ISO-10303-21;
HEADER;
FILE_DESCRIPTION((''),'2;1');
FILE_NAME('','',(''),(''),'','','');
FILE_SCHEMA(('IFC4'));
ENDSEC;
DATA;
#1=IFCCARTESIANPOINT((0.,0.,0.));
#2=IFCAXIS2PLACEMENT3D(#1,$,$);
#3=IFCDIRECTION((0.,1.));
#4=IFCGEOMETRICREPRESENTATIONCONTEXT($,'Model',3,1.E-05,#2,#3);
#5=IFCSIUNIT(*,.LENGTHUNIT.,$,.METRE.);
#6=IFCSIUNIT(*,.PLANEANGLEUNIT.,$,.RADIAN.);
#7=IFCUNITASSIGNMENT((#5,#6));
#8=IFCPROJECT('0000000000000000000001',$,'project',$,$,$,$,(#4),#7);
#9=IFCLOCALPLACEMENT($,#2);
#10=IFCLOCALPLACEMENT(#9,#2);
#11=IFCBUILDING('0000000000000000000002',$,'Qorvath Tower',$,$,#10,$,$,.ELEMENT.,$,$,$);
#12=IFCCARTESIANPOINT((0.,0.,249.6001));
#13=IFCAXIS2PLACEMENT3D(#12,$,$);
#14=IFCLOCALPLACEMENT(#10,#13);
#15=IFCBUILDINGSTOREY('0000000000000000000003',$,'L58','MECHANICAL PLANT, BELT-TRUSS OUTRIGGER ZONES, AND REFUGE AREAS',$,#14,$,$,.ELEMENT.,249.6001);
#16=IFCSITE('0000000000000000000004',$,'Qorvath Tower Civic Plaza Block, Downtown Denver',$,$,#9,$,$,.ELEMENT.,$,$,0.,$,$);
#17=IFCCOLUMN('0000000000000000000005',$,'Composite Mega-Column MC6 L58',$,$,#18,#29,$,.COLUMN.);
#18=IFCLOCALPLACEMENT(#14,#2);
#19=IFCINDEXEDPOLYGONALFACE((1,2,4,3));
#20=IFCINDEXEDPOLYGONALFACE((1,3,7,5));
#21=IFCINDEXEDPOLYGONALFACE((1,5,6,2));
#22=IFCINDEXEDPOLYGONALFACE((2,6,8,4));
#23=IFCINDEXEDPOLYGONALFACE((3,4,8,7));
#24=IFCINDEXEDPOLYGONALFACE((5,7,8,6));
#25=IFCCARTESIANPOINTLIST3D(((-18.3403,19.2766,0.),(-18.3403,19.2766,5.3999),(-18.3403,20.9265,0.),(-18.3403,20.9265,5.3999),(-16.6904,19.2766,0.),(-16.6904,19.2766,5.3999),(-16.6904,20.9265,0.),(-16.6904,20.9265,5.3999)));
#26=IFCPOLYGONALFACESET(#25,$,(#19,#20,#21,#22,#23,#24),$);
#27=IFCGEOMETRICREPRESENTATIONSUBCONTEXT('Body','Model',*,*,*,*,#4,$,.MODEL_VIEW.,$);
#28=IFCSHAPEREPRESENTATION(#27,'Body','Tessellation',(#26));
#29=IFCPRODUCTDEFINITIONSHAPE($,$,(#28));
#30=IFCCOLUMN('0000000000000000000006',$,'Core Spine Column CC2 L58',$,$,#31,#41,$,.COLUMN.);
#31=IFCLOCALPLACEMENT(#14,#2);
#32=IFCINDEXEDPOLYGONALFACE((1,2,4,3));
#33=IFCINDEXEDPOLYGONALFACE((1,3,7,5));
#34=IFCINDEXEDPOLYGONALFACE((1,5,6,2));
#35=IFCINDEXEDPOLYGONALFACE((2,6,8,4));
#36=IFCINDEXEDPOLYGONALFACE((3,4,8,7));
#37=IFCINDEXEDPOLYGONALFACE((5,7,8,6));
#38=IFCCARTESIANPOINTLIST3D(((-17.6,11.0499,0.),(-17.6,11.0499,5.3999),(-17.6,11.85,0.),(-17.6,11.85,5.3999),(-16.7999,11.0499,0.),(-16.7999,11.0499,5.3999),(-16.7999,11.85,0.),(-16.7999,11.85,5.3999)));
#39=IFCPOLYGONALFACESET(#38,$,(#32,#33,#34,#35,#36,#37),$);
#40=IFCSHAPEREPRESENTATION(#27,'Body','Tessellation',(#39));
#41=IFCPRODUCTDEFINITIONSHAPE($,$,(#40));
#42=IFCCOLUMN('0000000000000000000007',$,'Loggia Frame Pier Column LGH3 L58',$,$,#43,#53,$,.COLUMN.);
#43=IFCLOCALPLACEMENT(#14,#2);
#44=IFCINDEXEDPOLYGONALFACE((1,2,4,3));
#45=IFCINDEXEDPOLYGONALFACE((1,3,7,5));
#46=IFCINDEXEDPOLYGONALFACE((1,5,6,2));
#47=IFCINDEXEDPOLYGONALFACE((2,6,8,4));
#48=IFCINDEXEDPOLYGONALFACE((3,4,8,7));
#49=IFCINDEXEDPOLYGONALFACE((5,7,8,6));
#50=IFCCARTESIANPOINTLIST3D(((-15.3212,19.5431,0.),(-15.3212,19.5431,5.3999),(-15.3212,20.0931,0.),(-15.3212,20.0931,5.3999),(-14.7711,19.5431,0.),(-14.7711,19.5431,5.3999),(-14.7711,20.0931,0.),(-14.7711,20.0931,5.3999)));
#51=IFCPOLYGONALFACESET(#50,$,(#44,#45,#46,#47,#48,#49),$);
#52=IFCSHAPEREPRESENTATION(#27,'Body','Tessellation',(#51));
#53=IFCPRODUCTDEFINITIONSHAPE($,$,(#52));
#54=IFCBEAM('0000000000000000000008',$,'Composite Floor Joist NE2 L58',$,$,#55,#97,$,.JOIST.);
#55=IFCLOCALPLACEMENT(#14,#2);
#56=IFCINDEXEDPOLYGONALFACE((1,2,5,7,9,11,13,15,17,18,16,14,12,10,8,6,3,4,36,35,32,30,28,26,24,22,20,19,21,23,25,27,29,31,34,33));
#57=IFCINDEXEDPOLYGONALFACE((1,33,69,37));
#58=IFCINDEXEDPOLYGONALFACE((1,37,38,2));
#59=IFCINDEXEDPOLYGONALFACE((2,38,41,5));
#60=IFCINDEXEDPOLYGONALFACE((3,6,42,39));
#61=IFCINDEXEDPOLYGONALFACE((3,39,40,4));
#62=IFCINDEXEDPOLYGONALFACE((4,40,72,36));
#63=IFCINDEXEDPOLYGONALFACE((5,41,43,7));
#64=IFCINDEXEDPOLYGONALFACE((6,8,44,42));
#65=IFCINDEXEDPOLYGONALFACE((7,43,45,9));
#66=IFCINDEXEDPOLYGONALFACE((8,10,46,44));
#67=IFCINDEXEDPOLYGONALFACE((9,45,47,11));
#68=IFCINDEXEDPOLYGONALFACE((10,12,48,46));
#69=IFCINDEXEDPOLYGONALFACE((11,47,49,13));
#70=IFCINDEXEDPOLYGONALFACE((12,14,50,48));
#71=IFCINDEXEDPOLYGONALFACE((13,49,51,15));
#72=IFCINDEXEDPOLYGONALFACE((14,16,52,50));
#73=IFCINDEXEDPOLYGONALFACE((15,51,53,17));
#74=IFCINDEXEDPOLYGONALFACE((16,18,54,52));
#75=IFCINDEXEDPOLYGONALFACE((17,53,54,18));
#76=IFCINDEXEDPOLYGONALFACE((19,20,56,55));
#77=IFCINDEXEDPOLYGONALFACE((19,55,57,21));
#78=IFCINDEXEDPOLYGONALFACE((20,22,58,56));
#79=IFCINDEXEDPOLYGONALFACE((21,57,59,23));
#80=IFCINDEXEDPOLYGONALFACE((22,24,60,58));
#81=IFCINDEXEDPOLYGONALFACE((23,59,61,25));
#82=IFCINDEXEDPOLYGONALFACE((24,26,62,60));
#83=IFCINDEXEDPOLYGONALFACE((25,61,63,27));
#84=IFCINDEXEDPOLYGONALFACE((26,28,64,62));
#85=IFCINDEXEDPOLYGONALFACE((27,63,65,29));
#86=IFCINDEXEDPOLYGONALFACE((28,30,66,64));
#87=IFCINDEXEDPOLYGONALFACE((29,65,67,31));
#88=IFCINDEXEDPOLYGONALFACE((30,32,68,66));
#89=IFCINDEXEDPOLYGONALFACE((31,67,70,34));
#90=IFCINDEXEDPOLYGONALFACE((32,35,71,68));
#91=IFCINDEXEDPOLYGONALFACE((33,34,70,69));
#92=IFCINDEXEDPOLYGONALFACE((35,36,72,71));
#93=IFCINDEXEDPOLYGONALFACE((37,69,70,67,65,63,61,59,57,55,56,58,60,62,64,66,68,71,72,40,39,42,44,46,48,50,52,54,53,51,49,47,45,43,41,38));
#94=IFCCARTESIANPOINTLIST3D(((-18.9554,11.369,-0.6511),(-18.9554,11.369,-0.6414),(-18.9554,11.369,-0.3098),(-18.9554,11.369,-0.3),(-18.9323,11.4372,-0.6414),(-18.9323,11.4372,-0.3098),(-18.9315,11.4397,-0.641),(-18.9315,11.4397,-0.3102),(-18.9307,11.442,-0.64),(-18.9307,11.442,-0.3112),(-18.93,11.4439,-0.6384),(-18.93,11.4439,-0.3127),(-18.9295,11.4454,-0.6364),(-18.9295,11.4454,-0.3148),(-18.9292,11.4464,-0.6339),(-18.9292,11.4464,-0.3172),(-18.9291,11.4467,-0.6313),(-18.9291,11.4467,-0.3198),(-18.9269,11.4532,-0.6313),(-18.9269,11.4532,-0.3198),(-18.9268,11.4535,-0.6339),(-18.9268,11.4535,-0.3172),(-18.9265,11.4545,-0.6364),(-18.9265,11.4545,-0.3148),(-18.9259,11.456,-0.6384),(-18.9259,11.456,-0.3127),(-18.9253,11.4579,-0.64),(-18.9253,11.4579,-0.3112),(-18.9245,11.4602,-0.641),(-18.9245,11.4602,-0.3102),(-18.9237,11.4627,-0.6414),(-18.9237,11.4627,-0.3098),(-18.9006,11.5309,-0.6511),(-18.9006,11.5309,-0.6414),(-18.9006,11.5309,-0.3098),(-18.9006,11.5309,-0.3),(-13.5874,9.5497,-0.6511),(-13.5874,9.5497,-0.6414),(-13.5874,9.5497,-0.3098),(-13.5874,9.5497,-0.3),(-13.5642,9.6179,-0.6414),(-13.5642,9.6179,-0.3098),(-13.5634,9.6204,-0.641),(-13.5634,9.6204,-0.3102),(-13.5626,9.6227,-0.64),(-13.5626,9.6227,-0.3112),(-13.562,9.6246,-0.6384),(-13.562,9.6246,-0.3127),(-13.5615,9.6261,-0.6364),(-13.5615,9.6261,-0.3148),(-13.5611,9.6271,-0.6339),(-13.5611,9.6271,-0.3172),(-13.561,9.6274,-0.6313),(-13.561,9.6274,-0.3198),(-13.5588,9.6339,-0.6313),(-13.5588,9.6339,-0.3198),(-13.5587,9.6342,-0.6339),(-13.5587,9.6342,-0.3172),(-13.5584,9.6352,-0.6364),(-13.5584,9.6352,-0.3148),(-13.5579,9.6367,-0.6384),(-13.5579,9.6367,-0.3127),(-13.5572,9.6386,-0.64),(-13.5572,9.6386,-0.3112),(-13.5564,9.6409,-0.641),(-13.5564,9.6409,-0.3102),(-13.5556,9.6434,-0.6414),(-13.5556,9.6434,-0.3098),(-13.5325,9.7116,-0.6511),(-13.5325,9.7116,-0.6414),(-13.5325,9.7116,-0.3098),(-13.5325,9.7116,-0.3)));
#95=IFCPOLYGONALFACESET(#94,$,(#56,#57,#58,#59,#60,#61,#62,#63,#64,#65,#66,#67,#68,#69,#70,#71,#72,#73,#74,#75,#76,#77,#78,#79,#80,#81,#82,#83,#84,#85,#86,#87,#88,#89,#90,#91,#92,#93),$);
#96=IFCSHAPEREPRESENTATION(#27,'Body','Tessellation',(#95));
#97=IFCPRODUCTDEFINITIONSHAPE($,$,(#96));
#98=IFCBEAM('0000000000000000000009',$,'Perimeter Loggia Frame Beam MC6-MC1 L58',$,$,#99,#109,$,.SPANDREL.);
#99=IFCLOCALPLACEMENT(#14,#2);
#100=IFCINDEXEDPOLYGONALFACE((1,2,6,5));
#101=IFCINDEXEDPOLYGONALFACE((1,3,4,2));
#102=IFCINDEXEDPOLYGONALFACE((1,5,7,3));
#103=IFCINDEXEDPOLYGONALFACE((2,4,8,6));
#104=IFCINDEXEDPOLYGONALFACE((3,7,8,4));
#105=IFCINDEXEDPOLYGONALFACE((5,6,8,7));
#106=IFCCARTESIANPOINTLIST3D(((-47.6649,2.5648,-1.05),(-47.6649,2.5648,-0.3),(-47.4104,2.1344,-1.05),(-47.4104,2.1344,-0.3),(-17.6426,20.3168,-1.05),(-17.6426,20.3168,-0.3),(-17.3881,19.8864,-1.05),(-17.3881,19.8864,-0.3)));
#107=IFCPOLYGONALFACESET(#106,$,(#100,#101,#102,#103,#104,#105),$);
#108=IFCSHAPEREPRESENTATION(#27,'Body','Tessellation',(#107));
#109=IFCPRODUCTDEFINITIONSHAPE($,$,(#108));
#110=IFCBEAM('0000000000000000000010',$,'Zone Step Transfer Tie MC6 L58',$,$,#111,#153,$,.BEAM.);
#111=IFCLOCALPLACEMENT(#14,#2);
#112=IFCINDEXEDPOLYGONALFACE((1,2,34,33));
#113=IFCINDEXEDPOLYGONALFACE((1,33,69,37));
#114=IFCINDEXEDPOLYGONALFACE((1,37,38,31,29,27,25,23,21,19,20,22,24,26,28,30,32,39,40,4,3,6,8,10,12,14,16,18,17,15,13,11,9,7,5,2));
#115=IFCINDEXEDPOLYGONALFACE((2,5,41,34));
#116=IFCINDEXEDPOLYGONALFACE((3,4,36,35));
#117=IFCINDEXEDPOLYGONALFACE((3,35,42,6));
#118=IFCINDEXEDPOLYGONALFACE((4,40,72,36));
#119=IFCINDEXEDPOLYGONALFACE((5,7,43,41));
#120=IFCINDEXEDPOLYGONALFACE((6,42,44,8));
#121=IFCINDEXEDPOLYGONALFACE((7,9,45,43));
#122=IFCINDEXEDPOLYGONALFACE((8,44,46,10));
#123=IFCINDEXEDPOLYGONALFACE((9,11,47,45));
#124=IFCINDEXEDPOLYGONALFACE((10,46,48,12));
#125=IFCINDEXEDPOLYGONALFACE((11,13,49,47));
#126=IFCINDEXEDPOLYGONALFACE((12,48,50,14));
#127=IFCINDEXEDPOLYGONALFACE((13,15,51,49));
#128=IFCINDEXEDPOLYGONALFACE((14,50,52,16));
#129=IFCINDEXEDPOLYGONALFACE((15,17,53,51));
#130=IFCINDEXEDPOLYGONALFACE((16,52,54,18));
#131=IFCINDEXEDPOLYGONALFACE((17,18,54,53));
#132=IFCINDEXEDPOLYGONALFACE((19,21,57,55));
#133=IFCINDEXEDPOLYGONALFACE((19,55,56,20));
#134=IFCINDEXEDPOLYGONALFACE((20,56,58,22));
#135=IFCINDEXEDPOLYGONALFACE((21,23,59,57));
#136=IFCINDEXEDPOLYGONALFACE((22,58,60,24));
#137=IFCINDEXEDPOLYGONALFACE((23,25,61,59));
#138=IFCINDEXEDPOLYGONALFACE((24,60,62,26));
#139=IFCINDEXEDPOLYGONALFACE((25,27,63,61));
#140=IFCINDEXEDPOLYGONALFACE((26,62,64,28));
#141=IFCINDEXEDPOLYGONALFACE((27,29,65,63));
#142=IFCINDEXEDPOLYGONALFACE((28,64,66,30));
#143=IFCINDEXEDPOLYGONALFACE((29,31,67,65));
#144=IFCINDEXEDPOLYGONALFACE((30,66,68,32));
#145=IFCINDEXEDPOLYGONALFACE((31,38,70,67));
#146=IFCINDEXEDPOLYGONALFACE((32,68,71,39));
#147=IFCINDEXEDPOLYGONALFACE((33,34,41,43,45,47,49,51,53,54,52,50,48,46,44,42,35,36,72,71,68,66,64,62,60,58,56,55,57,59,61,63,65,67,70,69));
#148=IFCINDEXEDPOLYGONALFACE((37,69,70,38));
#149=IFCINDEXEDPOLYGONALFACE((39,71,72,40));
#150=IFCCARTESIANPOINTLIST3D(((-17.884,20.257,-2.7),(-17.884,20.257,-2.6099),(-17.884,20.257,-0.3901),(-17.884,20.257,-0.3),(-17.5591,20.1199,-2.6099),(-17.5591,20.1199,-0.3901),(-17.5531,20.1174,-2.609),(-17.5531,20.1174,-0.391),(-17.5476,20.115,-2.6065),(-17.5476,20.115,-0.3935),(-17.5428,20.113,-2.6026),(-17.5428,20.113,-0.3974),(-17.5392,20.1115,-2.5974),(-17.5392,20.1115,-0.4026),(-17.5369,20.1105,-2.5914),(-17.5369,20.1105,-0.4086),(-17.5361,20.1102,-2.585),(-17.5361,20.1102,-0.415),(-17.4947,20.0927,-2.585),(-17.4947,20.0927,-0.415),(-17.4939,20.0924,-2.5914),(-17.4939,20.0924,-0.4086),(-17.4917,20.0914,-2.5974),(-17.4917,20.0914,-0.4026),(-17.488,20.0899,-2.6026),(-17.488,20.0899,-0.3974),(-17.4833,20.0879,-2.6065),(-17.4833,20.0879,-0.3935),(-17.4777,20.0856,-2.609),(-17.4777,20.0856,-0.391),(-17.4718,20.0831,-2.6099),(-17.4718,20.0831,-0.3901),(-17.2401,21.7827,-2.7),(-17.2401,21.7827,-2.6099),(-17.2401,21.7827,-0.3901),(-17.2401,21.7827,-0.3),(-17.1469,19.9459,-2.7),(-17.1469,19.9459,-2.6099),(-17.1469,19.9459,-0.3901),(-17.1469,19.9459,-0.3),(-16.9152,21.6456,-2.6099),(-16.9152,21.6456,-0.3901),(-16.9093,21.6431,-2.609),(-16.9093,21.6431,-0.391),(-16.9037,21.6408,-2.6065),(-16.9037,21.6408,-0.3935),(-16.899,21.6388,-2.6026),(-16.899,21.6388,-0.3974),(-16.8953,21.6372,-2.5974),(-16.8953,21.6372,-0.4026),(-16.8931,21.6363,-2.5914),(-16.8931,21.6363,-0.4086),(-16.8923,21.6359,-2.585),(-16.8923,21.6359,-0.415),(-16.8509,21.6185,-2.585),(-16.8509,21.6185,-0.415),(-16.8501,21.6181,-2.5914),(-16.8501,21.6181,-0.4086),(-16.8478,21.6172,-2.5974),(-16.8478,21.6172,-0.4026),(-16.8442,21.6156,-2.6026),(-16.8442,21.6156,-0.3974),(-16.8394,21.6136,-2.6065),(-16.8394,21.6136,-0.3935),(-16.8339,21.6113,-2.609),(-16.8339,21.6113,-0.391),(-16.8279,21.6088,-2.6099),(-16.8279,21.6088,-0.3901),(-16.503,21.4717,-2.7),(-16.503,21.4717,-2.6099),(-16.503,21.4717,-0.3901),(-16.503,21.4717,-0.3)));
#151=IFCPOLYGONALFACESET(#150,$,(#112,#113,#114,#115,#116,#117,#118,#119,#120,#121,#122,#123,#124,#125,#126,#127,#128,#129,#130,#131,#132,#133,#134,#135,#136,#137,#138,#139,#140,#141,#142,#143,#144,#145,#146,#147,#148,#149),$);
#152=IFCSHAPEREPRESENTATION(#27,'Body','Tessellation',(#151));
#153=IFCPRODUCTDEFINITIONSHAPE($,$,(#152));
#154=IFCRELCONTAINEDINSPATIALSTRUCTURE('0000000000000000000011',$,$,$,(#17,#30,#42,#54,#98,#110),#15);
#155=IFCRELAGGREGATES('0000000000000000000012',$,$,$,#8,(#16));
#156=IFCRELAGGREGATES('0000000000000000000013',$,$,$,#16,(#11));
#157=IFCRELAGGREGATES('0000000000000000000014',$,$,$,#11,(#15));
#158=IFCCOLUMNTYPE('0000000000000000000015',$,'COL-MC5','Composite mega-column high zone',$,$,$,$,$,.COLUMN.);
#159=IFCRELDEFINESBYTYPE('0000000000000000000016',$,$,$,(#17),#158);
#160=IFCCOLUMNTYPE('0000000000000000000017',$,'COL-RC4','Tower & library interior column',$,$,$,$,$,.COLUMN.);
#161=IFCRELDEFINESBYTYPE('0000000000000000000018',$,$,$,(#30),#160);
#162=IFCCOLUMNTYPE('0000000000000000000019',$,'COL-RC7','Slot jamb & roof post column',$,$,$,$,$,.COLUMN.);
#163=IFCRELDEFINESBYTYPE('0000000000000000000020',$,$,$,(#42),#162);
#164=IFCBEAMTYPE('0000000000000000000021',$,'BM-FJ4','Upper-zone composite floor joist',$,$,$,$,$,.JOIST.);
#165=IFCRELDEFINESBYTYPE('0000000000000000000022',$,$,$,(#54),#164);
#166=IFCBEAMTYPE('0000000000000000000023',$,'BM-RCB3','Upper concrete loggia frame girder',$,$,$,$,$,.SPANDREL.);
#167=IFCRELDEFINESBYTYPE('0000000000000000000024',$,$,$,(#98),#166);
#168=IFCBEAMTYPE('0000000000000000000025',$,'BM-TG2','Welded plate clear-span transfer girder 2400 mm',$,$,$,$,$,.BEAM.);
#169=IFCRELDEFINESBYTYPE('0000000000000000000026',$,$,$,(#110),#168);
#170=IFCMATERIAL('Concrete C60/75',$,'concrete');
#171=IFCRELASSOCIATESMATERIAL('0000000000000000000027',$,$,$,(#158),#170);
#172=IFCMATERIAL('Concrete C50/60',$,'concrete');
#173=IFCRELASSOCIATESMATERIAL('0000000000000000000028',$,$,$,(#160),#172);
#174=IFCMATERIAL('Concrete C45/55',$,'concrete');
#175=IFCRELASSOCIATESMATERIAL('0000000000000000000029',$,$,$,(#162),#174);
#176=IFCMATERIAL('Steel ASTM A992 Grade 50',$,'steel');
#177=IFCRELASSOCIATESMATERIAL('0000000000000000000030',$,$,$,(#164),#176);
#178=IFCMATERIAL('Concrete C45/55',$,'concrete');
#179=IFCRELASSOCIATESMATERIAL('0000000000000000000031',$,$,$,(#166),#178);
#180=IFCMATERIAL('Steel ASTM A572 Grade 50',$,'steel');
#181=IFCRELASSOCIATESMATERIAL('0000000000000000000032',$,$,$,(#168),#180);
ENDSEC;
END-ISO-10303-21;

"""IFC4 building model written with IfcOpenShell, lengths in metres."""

from ifc_helpers import new_model, si_unit, direction, frame, origin, origin_2d, place, context, subcontext, project, spatial, rectangle, i_section, extrude, material, material_profile, profile_set, type_object, element, save


model = new_model("IFC4")

# Units and contexts
model_context = context("Model", 3, precision=1e-05, world=origin(), true_north=direction((0.0, 1.0)))
body_context = subcontext(model_context, "Body", "Model", "MODEL_VIEW")
ifc_project = project(units=[si_unit("LENGTHUNIT", "METRE"), si_unit("PLANEANGLEUNIT", "RADIAN")], contexts=[model_context])

# Site, building, storey
site_placement = place(None, origin())
site = spatial("IfcSite", under=ifc_project, at=site_placement, Name="Qorvath Tower Civic Plaza Block, Downtown Denver", CompositionType="ELEMENT", RefElevation=0.0)
building_placement = place(site_placement, origin())
building = spatial("IfcBuilding", under=site, at=building_placement, Name="Qorvath Tower", CompositionType="ELEMENT")
storey_placement = place(building_placement, frame((0.0, 0.0, 249.6001)))
storey = spatial("IfcBuildingStorey", under=building, at=storey_placement, Name="L58", Description="MECHANICAL PLANT, BELT-TRUSS OUTRIGGER ZONES, AND REFUGE AREAS", CompositionType="ELEMENT", Elevation=249.6001)

# Columns
ifc_material_1 = material(Name="Concrete C60/75", Category="concrete")
ifc_material_profile_1 = material_profile(ifc_material_1, rectangle(XDim=1.6499, YDim=1.6499, at=origin_2d()), Name="MC 1650x1650")
ifc_profile_set_1 = profile_set([ifc_material_profile_1], Name="Concrete C60/75")
column_type_1 = type_object("IfcColumnType", Name="COL-MC5", Description="Composite mega-column high zone", PredefinedType="COLUMN", material=ifc_profile_set_1)
column_1_placement = place(storey_placement, frame((-17.5154, 20.1016, 0.0), z_axis=(0.0, 0.0, 1.0), x_axis=(1.0, 0.0, 0.0)))
element("IfcColumn", 1, at=column_1_placement, inside=storey, type_object=column_type_1, Name="Composite Mega-Column MC6 L58", PredefinedType="COLUMN", context=body_context, shape_type="SweptSolid", body=[
    extrude(rectangle(XDim=1.6499, YDim=1.6499, at=origin_2d()), origin(), (0.0, 0.0, 1.0), 5.3999),
])
ifc_material_2 = material(Name="Concrete C50/60", Category="concrete")
ifc_material_profile_2 = material_profile(ifc_material_2, rectangle(XDim=0.8, YDim=0.8, at=origin_2d()), Name="RC 800x800")
ifc_profile_set_2 = profile_set([ifc_material_profile_2], Name="Concrete C50/60")
column_type_2 = type_object("IfcColumnType", Name="COL-RC4", Description="Tower & library interior column", PredefinedType="COLUMN", material=ifc_profile_set_2)
column_2_placement = place(storey_placement, frame((-17.2, 11.45, 0.0), z_axis=(0.0, 0.0, 1.0), x_axis=(1.0, 0.0, 0.0)))
element("IfcColumn", 2, at=column_2_placement, inside=storey, type_object=column_type_2, Name="Core Spine Column CC2 L58", PredefinedType="COLUMN", context=body_context, shape_type="SweptSolid", body=[
    extrude(rectangle(XDim=0.8, YDim=0.8, at=origin_2d()), origin(), (0.0, 0.0, 1.0), 5.3999),
])
ifc_material_3 = material(Name="Concrete C45/55", Category="concrete")
ifc_material_profile_3 = material_profile(ifc_material_3, rectangle(XDim=0.55, YDim=0.55, at=origin_2d()), Name="RC 550x550")
ifc_profile_set_3 = profile_set([ifc_material_profile_3], Name="Concrete C45/55")
column_type_3 = type_object("IfcColumnType", Name="COL-RC7", Description="Slot jamb & roof post column", PredefinedType="COLUMN", material=ifc_profile_set_3)
column_3_placement = place(storey_placement, frame((-15.0461, 19.8181, 0.0), z_axis=(0.0, 0.0, 1.0), x_axis=(1.0, 0.0, 0.0)))
element("IfcColumn", 3, at=column_3_placement, inside=storey, type_object=column_type_3, Name="Loggia Frame Pier Column LGH3 L58", PredefinedType="COLUMN", context=body_context, shape_type="SweptSolid", body=[
    extrude(rectangle(XDim=0.55, YDim=0.55, at=origin_2d()), origin(), (0.0, 0.0, 1.0), 5.3999),
])

# Beams
ifc_material_4 = material(Name="Steel ASTM A992 Grade 50", Category="steel")
ifc_material_profile_4 = material_profile(ifc_material_4, i_section(OverallWidth=0.1709, OverallDepth=0.3511, WebThickness=0.0068, FlangeThickness=0.0098, FilletRadius=0.01, at=origin_2d()), Name="W14x30")
ifc_profile_set_4 = profile_set([ifc_material_profile_4], Name="Steel ASTM A992 Grade 50")
beam_type_1 = type_object("IfcBeamType", Name="BM-FJ4", Description="Upper-zone composite floor joist", PredefinedType="JOIST", material=ifc_profile_set_4)
beam_1_placement = place(storey_placement, frame((-18.928, 11.45, -0.4756), z_axis=(0.947086, -0.320979, 0.0), x_axis=(0.320979, 0.947086, 0.0)))
element("IfcBeam", 4, at=beam_1_placement, inside=storey, type_object=beam_type_1, Name="Composite Floor Joist NE2 L58", PredefinedType="JOIST", context=body_context, shape_type="SweptSolid", body=[
    extrude(i_section(OverallWidth=0.1709, OverallDepth=0.3511, WebThickness=0.0068, FlangeThickness=0.0098, FilletRadius=0.01, at=origin_2d()), origin(), (0.0, 0.0, 1.0), 5.668),
])
ifc_material_5 = material(Name="Concrete C45/55", Category="concrete")
ifc_material_profile_5 = material_profile(ifc_material_5, rectangle(XDim=0.5, YDim=0.75, at=origin_2d()), Name="RCB 750x500")
ifc_profile_set_5 = profile_set([ifc_material_profile_5], Name="Concrete C45/55")
beam_type_2 = type_object("IfcBeamType", Name="BM-RCB3", Description="Upper concrete loggia frame girder", PredefinedType="SPANDREL", material=ifc_profile_set_5)
beam_2_placement = place(storey_placement, frame((-17.5154, 20.1016, -0.675), z_axis=(-0.860781, -0.508975, 0.0), x_axis=(0.508975, -0.860781, 0.0)))
element("IfcBeam", 5, at=beam_2_placement, inside=storey, type_object=beam_type_2, Name="Perimeter Loggia Frame Beam MC6-MC1 L58", PredefinedType="SPANDREL", context=body_context, shape_type="SweptSolid", body=[
    extrude(rectangle(XDim=0.5, YDim=0.75, at=origin_2d()), origin(), (0.0, 0.0, 1.0), 34.8779),
])
ifc_material_6 = material(Name="Steel ASTM A572 Grade 50", Category="steel")
ifc_material_profile_6 = material_profile(ifc_material_6, i_section(OverallWidth=0.8, OverallDepth=2.3999, WebThickness=0.0449, FlangeThickness=0.0901, FilletRadius=0.0249, at=origin_2d()), Name="WTG 2400x800")
ifc_profile_set_6 = profile_set([ifc_material_profile_6], Name="Steel ASTM A572 Grade 50")
beam_type_3 = type_object("IfcBeamType", Name="BM-TG2", Description="Welded plate clear-span transfer girder 2400 mm", PredefinedType="BEAM", material=ifc_profile_set_6)
beam_3_placement = place(storey_placement, frame((-16.8716, 21.6272, -1.5), z_axis=(-0.388789, -0.921327, 0.0), x_axis=(0.921327, -0.388789, 0.0)))
element("IfcBeam", 6, at=beam_3_placement, inside=storey, type_object=beam_type_3, Name="Zone Step Transfer Tie MC6 L58", PredefinedType="BEAM", context=body_context, shape_type="SweptSolid", body=[
    extrude(i_section(OverallWidth=0.8, OverallDepth=2.3999, WebThickness=0.0449, FlangeThickness=0.0901, FilletRadius=0.0249, at=origin_2d()), origin(), (0.0, 0.0, 1.0), 1.656),
])

save(model, "model.ifc")
